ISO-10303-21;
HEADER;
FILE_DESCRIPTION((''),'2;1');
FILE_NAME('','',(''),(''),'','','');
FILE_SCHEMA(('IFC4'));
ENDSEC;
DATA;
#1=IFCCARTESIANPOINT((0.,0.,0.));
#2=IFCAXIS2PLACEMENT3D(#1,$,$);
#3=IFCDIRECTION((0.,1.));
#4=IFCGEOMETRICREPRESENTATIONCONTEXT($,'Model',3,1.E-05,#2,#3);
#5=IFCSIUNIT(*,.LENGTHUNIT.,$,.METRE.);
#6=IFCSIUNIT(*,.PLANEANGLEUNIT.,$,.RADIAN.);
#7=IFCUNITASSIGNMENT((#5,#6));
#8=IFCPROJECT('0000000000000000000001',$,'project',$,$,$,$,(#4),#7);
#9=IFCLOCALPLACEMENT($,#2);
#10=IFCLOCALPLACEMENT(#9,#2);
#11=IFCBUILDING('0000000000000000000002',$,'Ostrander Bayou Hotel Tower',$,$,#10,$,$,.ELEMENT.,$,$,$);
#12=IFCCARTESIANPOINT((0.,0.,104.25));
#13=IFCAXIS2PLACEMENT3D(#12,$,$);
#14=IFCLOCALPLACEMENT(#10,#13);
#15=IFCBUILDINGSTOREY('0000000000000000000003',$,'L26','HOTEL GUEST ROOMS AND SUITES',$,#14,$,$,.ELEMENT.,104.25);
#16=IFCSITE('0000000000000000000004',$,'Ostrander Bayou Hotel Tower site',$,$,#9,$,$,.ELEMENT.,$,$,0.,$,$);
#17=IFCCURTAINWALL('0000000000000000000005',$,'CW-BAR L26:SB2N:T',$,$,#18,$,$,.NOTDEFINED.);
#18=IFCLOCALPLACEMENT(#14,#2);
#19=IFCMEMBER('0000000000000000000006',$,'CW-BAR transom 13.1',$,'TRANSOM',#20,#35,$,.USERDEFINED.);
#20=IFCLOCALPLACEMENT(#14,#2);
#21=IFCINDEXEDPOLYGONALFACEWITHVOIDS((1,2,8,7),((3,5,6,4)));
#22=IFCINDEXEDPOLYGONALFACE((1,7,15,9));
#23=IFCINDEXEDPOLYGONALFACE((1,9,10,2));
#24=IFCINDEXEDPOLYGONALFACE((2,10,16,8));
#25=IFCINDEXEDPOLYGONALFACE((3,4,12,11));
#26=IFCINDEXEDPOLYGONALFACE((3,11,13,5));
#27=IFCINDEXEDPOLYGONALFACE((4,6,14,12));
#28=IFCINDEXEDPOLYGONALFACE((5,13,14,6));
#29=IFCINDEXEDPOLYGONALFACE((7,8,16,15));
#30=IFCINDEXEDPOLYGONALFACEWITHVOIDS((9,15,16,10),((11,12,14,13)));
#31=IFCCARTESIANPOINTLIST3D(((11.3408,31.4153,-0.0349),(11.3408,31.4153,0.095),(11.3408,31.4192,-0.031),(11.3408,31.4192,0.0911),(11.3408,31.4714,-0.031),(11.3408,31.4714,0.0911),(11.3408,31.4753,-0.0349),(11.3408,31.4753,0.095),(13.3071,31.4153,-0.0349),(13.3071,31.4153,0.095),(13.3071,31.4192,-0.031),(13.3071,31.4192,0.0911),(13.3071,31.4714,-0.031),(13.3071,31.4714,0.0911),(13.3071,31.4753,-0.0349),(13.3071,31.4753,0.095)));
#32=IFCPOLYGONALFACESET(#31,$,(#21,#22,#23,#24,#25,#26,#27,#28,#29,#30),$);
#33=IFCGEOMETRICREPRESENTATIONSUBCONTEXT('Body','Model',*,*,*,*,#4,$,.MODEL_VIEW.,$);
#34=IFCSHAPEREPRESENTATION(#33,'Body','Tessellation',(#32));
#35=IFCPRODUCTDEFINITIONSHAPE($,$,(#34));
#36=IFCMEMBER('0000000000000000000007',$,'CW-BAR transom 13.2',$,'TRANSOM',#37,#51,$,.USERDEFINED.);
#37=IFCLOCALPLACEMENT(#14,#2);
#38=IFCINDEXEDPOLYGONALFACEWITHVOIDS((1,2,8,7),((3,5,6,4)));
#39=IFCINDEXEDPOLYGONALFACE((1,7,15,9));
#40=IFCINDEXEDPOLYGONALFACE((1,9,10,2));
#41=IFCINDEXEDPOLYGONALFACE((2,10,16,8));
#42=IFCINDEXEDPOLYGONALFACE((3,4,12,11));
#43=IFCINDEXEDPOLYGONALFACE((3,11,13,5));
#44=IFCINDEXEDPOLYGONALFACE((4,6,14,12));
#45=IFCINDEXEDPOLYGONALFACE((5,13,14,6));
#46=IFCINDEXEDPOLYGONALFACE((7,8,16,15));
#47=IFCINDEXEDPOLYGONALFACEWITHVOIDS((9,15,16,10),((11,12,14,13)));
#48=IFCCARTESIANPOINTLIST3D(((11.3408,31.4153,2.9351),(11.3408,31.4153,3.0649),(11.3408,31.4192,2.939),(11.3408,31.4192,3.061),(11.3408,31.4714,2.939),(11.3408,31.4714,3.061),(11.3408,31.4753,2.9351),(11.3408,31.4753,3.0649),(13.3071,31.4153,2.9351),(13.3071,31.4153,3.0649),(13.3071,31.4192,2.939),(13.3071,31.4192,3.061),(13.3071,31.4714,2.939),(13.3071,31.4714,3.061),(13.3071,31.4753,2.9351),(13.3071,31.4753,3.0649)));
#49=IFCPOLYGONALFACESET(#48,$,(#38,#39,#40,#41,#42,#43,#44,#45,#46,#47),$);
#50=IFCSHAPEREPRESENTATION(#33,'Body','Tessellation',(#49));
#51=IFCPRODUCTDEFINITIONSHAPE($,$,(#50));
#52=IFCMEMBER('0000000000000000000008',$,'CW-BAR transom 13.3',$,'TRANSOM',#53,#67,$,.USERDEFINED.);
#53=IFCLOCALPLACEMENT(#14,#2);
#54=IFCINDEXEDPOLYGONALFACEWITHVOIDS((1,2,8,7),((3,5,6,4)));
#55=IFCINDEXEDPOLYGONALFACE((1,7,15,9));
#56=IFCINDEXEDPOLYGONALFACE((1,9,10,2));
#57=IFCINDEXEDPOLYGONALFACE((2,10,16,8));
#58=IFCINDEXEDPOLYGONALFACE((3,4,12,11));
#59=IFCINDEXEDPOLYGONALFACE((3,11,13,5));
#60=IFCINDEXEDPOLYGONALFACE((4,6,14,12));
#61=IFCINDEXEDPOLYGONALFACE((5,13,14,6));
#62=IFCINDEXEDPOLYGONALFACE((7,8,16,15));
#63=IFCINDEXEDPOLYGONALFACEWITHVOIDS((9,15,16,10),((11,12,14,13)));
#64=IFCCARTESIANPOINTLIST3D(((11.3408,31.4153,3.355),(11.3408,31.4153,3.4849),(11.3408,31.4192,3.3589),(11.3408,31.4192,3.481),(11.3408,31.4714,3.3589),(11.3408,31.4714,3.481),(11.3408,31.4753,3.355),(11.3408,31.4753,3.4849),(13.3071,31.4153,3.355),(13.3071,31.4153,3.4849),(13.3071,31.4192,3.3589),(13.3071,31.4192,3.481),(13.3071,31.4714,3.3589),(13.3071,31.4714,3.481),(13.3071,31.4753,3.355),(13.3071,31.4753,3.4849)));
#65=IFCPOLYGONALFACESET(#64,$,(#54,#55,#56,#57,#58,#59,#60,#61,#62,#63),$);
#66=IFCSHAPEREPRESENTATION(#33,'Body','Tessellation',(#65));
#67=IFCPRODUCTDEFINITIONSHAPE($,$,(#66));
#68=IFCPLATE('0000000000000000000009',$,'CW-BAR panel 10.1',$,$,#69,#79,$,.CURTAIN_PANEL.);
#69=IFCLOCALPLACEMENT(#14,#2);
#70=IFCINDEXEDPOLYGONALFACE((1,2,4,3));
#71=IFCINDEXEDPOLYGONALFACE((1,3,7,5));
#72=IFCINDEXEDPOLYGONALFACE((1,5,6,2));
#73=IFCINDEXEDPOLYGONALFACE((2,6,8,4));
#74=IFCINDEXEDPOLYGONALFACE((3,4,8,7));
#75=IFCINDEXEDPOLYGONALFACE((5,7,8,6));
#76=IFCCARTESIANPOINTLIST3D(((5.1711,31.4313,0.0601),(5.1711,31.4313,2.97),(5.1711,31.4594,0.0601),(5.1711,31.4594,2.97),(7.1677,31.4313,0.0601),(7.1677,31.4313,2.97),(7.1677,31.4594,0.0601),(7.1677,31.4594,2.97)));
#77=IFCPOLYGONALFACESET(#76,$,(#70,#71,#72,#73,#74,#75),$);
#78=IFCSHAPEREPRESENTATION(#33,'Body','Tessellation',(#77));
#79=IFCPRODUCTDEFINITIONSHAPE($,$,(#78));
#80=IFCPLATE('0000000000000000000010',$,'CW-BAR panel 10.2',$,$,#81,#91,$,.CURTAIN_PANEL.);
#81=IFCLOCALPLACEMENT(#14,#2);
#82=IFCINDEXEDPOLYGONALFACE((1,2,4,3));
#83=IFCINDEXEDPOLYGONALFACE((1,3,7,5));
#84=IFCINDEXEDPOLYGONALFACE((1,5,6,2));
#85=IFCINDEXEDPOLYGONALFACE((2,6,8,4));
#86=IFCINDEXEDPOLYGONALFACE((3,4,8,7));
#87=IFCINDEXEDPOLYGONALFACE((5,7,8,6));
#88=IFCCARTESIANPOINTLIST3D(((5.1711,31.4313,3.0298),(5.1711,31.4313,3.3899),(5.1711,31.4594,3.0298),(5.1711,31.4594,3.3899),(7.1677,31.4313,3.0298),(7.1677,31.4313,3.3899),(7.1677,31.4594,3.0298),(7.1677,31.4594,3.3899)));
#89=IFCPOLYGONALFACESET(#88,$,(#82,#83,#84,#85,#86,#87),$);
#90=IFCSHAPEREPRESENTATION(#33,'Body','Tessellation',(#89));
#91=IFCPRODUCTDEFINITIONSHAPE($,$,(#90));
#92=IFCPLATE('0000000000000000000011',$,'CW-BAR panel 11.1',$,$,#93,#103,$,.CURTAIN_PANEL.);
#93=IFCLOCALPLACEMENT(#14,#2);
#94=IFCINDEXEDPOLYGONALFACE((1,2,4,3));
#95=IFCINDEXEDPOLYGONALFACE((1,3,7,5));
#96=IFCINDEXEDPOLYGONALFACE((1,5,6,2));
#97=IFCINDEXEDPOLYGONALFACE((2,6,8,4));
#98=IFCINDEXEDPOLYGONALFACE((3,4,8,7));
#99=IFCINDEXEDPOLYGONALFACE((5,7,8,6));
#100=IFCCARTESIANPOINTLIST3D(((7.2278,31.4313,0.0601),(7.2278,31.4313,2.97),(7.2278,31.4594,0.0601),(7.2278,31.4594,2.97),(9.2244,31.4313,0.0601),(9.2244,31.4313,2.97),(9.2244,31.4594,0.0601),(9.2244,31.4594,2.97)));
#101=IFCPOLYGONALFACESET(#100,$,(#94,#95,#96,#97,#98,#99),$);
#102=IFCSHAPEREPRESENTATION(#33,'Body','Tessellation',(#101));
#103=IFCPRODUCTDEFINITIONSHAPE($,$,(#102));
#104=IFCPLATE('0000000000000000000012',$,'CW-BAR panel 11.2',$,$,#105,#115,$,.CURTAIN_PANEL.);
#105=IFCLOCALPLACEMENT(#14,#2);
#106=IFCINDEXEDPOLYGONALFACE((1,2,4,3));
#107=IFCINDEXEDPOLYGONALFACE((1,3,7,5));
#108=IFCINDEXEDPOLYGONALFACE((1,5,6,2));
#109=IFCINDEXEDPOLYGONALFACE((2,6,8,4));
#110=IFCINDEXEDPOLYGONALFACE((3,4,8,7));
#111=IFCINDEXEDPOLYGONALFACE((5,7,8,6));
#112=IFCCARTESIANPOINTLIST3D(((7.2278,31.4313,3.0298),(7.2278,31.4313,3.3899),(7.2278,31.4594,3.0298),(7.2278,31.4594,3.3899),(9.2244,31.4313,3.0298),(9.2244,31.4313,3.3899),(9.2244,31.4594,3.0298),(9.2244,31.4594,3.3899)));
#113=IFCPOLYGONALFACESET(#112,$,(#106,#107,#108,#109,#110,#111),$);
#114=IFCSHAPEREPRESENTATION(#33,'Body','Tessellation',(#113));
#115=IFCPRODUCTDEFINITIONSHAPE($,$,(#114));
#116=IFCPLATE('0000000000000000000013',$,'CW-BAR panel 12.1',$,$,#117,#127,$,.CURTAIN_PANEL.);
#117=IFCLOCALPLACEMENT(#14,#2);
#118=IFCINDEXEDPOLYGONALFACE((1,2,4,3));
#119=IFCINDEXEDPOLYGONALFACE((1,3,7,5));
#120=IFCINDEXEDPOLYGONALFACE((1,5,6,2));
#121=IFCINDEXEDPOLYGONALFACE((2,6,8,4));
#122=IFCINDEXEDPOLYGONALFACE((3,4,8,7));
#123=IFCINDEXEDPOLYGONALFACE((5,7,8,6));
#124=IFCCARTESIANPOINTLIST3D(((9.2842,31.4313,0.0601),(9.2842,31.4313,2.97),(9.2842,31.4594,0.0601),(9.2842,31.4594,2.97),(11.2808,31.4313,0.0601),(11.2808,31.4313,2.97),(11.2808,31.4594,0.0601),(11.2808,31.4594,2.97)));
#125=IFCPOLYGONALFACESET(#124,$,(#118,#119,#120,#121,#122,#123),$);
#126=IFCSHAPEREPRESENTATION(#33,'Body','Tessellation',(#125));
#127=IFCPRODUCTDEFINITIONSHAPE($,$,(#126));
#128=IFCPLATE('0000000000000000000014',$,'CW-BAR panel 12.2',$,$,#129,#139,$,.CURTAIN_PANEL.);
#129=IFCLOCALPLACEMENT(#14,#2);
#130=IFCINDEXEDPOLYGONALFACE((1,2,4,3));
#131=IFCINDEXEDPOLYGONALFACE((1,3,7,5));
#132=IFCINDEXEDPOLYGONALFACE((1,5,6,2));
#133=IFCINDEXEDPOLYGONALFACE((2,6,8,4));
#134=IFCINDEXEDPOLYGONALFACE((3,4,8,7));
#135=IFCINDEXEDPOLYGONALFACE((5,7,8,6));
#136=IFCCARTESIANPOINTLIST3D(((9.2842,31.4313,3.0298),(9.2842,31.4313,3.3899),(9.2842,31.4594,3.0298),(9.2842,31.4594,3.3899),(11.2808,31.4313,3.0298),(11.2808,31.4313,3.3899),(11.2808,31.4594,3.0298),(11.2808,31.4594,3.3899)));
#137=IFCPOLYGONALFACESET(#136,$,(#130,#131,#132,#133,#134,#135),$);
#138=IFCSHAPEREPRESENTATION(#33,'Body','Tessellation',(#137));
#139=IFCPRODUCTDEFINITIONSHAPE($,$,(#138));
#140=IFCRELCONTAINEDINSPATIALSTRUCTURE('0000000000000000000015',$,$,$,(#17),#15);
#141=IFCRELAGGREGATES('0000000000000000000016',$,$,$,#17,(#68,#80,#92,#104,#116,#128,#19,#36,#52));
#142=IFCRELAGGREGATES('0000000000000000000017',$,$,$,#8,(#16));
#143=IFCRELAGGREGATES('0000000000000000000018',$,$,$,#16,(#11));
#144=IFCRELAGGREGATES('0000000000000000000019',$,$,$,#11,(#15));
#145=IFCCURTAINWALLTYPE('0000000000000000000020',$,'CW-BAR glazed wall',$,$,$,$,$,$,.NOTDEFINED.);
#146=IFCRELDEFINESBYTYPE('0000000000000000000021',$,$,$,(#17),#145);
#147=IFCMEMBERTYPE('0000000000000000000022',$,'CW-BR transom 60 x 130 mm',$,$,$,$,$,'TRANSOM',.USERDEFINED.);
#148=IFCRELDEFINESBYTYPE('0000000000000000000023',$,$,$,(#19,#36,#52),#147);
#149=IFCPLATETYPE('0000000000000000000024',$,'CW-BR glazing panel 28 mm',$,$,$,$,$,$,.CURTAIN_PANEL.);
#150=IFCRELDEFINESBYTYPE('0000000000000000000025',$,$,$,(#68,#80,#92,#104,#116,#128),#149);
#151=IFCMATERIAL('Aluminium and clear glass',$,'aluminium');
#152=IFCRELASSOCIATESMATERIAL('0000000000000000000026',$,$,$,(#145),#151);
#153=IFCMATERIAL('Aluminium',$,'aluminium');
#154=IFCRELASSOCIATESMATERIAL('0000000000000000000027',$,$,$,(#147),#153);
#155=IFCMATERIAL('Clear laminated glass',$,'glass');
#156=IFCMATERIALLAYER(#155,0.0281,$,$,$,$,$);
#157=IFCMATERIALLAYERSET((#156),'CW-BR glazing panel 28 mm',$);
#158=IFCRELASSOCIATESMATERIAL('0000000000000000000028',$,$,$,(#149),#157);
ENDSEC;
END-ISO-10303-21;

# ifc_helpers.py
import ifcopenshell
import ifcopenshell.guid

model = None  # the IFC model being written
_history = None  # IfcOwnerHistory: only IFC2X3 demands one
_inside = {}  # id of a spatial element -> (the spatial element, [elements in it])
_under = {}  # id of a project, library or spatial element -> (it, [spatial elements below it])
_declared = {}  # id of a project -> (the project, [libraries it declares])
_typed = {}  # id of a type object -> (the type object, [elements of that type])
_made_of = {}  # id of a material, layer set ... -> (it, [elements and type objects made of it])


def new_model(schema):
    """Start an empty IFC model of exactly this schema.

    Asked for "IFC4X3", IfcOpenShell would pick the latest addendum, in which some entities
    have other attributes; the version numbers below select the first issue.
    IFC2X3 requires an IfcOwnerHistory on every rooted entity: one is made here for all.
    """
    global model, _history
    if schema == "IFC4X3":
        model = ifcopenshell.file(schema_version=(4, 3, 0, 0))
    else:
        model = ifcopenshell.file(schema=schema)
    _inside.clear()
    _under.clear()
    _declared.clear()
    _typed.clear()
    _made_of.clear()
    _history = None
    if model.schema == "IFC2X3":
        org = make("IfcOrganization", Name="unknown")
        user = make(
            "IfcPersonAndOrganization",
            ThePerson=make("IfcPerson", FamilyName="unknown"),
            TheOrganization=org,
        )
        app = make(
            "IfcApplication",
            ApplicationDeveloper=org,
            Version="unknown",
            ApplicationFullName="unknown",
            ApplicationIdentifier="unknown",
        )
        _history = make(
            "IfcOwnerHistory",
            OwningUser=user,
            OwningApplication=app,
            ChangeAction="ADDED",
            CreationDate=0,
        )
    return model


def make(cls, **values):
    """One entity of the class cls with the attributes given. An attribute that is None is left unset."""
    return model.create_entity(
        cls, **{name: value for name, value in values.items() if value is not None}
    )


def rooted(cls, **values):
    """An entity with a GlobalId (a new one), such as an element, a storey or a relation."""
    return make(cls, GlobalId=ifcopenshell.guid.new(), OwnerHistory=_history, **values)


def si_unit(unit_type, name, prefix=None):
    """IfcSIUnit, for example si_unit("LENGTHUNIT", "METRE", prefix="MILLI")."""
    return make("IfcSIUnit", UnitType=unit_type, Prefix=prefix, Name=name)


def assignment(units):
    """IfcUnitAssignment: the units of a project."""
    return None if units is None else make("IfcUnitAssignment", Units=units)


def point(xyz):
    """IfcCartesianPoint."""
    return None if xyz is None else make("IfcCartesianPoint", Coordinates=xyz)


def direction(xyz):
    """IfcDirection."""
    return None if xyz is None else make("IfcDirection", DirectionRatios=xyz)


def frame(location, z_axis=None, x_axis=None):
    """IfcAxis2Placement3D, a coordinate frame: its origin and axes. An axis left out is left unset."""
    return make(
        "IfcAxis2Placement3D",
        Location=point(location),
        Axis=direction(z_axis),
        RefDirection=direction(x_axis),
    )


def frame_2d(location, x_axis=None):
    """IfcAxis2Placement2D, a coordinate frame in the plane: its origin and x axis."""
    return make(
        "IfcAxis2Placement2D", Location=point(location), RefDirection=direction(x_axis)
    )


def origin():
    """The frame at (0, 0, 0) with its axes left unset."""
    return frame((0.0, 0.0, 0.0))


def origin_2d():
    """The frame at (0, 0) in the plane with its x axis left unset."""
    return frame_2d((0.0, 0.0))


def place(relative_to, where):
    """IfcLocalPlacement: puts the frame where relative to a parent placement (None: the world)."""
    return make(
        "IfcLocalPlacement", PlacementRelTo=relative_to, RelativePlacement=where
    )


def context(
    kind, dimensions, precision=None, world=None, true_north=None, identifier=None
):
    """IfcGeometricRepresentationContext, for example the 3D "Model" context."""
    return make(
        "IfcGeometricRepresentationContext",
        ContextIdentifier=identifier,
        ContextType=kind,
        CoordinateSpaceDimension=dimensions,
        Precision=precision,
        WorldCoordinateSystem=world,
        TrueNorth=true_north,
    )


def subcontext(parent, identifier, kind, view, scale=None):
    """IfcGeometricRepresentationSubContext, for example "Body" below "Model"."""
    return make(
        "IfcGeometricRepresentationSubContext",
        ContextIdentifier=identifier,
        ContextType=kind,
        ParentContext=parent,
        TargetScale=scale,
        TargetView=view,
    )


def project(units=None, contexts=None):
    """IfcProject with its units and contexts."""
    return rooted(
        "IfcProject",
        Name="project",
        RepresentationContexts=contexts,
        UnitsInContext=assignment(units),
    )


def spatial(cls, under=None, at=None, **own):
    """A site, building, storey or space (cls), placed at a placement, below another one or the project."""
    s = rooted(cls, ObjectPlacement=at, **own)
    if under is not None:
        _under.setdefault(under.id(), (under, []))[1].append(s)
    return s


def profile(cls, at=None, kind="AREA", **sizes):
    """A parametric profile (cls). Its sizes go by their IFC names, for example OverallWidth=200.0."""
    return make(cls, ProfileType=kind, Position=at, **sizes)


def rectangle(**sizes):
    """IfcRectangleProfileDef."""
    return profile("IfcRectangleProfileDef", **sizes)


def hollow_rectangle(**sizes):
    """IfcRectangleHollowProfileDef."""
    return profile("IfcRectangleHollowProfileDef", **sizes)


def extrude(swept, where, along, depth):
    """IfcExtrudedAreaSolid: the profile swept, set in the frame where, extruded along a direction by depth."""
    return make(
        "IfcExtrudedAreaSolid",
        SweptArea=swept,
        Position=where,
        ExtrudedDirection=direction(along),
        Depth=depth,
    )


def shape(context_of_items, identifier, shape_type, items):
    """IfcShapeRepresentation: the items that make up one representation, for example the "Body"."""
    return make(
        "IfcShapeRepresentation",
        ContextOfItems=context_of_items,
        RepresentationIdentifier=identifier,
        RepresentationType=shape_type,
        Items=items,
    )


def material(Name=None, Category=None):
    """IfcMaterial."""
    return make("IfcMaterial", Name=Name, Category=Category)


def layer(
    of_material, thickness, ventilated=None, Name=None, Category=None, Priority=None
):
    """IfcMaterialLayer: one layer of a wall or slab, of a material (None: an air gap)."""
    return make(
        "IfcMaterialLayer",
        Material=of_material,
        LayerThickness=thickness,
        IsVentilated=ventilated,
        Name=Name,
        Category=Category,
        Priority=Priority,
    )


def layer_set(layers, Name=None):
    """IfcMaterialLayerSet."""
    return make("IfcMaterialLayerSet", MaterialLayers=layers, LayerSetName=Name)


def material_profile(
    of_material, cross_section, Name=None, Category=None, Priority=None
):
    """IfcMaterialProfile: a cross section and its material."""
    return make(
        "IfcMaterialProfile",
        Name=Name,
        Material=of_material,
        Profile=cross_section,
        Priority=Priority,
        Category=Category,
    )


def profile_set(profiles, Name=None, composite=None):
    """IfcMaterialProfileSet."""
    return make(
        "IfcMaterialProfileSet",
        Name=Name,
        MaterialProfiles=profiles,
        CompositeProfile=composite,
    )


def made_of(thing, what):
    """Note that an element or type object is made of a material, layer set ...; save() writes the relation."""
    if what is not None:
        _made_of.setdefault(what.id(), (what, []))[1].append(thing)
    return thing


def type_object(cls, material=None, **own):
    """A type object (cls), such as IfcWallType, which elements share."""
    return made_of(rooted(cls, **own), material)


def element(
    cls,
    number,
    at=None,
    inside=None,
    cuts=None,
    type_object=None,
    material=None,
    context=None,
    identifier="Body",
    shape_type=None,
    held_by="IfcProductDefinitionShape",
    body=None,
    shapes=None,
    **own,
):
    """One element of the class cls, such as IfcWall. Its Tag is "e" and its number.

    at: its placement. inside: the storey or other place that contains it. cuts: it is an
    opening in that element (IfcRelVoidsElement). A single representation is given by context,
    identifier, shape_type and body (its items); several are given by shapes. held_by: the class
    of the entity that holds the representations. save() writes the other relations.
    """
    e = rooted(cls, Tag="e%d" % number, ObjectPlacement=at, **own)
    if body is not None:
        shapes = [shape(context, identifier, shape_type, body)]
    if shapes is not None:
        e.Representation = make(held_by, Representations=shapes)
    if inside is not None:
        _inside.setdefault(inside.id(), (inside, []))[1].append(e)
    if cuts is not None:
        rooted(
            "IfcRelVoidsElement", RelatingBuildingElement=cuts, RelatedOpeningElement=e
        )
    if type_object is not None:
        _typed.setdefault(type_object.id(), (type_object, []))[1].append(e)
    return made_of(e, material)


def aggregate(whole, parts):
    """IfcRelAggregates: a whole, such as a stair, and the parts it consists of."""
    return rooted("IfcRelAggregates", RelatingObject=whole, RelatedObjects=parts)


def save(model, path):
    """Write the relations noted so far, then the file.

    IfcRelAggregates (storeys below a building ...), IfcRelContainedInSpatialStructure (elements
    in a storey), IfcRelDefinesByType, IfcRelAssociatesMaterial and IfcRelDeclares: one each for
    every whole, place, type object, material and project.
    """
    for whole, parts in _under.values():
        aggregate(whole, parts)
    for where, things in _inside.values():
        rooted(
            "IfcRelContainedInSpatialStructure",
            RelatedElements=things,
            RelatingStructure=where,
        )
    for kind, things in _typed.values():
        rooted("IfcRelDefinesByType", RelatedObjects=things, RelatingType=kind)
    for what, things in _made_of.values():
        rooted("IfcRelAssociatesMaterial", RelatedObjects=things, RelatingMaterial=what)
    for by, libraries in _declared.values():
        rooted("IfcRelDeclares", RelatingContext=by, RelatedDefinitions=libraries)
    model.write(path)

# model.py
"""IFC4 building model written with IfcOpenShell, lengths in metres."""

from ifc_helpers import new_model, si_unit, direction, frame, origin, origin_2d, place, context, subcontext, project, spatial, rectangle, hollow_rectangle, extrude, material, layer, layer_set, material_profile, profile_set, type_object, element, aggregate, save


model = new_model("IFC4")

# Units and contexts
model_context = context("Model", 3, precision=1e-05, world=origin(), true_north=direction((0.0, 1.0)))
body_context = subcontext(model_context, "Body", "Model", "MODEL_VIEW")
ifc_project = project(units=[si_unit("LENGTHUNIT", "METRE"), si_unit("PLANEANGLEUNIT", "RADIAN")], contexts=[model_context])

# Site, building, storey
site_placement = place(None, origin())
site = spatial("IfcSite", under=ifc_project, at=site_placement, Name="Ostrander Bayou Hotel Tower site", CompositionType="ELEMENT", RefElevation=0.0)
building_placement = place(site_placement, origin())
building = spatial("IfcBuilding", under=site, at=building_placement, Name="Ostrander Bayou Hotel Tower", CompositionType="ELEMENT")
storey_placement = place(building_placement, frame((0.0, 0.0, 104.25)))
storey = spatial("IfcBuildingStorey", under=building, at=storey_placement, Name="L26", Description="HOTEL GUEST ROOMS AND SUITES", CompositionType="ELEMENT", Elevation=104.25)

# Curtain wall, members, plates
ifc_material_1 = material(Name="Aluminium and clear glass", Category="aluminium")
curtain_wall_type = type_object("IfcCurtainWallType", Name="CW-BAR glazed wall", PredefinedType="NOTDEFINED", material=ifc_material_1)
curtain_wall_placement = place(storey_placement, origin())
curtain_wall = element("IfcCurtainWall", 1, at=curtain_wall_placement, inside=storey, type_object=curtain_wall_type, Name="CW-BAR L26:SB2N:T", PredefinedType="NOTDEFINED")
ifc_material_2 = material(Name="Aluminium", Category="aluminium")
ifc_material_profile_1 = material_profile(ifc_material_2, hollow_rectangle(XDim=0.0601, YDim=0.1299, WallThickness=0.0039, at=origin_2d()))
ifc_profile_set_1 = profile_set([ifc_material_profile_1], Name="Aluminium")
member_type_1 = type_object("IfcMemberType", Name="CW-BR transom 60 x 130 mm", ElementType="TRANSOM", PredefinedType="USERDEFINED", material=ifc_profile_set_1)
member_1_placement = place(storey_placement, frame((11.3408, 31.4453, 0.03), z_axis=(1.0, 0.0, 0.0), x_axis=(0.0, 1.0, 0.0)))
member_1 = element("IfcMember", 2, at=member_1_placement, type_object=member_type_1, Name="CW-BAR transom 13.1", ObjectType="TRANSOM", PredefinedType="USERDEFINED", context=body_context, shape_type="SweptSolid", body=[
    extrude(hollow_rectangle(XDim=0.0601, YDim=0.1299, WallThickness=0.0039, at=origin_2d()), origin(), (0.0, 0.0, 1.0), 1.9663),
])
member_2_placement = place(storey_placement, frame((11.3408, 31.4453, 3.0), z_axis=(1.0, 0.0, 0.0), x_axis=(0.0, 1.0, 0.0)))
member_2 = element("IfcMember", 3, at=member_2_placement, type_object=member_type_1, Name="CW-BAR transom 13.2", ObjectType="TRANSOM", PredefinedType="USERDEFINED", context=body_context, shape_type="SweptSolid", body=[
    extrude(hollow_rectangle(XDim=0.0601, YDim=0.1299, WallThickness=0.0039, at=origin_2d()), origin(), (0.0, 0.0, 1.0), 1.9663),
])
member_3_placement = place(storey_placement, frame((11.3408, 31.4453, 3.4199), z_axis=(1.0, 0.0, 0.0), x_axis=(0.0, 1.0, 0.0)))
member_3 = element("IfcMember", 4, at=member_3_placement, type_object=member_type_1, Name="CW-BAR transom 13.3", ObjectType="TRANSOM", PredefinedType="USERDEFINED", context=body_context, shape_type="SweptSolid", body=[
    extrude(hollow_rectangle(XDim=0.0601, YDim=0.1299, WallThickness=0.0039, at=origin_2d()), origin(), (0.0, 0.0, 1.0), 1.9663),
])
ifc_material_3 = material(Name="Clear laminated glass", Category="glass")
ifc_layer = layer(ifc_material_3, 0.0281)
ifc_layer_set = layer_set([ifc_layer], Name="CW-BR glazing panel 28 mm")
plate_type = type_object("IfcPlateType", Name="CW-BR glazing panel 28 mm", PredefinedType="CURTAIN_PANEL", material=ifc_layer_set)
plate_1_placement = place(storey_placement, frame((6.1694, 31.4453, 0.0601), z_axis=(0.0, 0.0, 1.0), x_axis=(1.0, 0.0, 0.0)))
plate_1 = element("IfcPlate", 5, at=plate_1_placement, type_object=plate_type, Name="CW-BAR panel 10.1", PredefinedType="CURTAIN_PANEL", context=body_context, shape_type="SweptSolid", body=[
    extrude(rectangle(XDim=1.9966, YDim=0.0281, at=origin_2d()), origin(), (0.0, 0.0, 1.0), 2.9099),
])
plate_2_placement = place(storey_placement, frame((6.1694, 31.4453, 3.0298), z_axis=(0.0, 0.0, 1.0), x_axis=(1.0, 0.0, 0.0)))
plate_2 = element("IfcPlate", 6, at=plate_2_placement, type_object=plate_type, Name="CW-BAR panel 10.2", PredefinedType="CURTAIN_PANEL", context=body_context, shape_type="SweptSolid", body=[
    extrude(rectangle(XDim=1.9966, YDim=0.0281, at=origin_2d()), origin(), (0.0, 0.0, 1.0), 0.3601),
])
plate_3_placement = place(storey_placement, frame((8.2261, 31.4453, 0.0601), z_axis=(0.0, 0.0, 1.0), x_axis=(1.0, 0.0, 0.0)))
plate_3 = element("IfcPlate", 7, at=plate_3_placement, type_object=plate_type, Name="CW-BAR panel 11.1", PredefinedType="CURTAIN_PANEL", context=body_context, shape_type="SweptSolid", body=[
    extrude(rectangle(XDim=1.9966, YDim=0.0281, at=origin_2d()), origin(), (0.0, 0.0, 1.0), 2.9099),
])
plate_4_placement = place(storey_placement, frame((8.2261, 31.4453, 3.0298), z_axis=(0.0, 0.0, 1.0), x_axis=(1.0, 0.0, 0.0)))
plate_4 = element("IfcPlate", 8, at=plate_4_placement, type_object=plate_type, Name="CW-BAR panel 11.2", PredefinedType="CURTAIN_PANEL", context=body_context, shape_type="SweptSolid", body=[
    extrude(rectangle(XDim=1.9966, YDim=0.0281, at=origin_2d()), origin(), (0.0, 0.0, 1.0), 0.3601),
])
plate_5_placement = place(storey_placement, frame((10.2825, 31.4453, 0.0601), z_axis=(0.0, 0.0, 1.0), x_axis=(1.0, 0.0, 0.0)))
plate_5 = element("IfcPlate", 9, at=plate_5_placement, type_object=plate_type, Name="CW-BAR panel 12.1", PredefinedType="CURTAIN_PANEL", context=body_context, shape_type="SweptSolid", body=[
    extrude(rectangle(XDim=1.9966, YDim=0.0281, at=origin_2d()), origin(), (0.0, 0.0, 1.0), 2.9099),
])
plate_6_placement = place(storey_placement, frame((10.2825, 31.4453, 3.0298), z_axis=(0.0, 0.0, 1.0), x_axis=(1.0, 0.0, 0.0)))
plate_6 = element("IfcPlate", 10, at=plate_6_placement, type_object=plate_type, Name="CW-BAR panel 12.2", PredefinedType="CURTAIN_PANEL", context=body_context, shape_type="SweptSolid", body=[
    extrude(rectangle(XDim=1.9966, YDim=0.0281, at=origin_2d()), origin(), (0.0, 0.0, 1.0), 0.3601),
])
aggregate(curtain_wall, [plate_1, plate_2, plate_3, plate_4, plate_5, plate_6, member_1, member_2, member_3])

save(model, "model.ifc")
